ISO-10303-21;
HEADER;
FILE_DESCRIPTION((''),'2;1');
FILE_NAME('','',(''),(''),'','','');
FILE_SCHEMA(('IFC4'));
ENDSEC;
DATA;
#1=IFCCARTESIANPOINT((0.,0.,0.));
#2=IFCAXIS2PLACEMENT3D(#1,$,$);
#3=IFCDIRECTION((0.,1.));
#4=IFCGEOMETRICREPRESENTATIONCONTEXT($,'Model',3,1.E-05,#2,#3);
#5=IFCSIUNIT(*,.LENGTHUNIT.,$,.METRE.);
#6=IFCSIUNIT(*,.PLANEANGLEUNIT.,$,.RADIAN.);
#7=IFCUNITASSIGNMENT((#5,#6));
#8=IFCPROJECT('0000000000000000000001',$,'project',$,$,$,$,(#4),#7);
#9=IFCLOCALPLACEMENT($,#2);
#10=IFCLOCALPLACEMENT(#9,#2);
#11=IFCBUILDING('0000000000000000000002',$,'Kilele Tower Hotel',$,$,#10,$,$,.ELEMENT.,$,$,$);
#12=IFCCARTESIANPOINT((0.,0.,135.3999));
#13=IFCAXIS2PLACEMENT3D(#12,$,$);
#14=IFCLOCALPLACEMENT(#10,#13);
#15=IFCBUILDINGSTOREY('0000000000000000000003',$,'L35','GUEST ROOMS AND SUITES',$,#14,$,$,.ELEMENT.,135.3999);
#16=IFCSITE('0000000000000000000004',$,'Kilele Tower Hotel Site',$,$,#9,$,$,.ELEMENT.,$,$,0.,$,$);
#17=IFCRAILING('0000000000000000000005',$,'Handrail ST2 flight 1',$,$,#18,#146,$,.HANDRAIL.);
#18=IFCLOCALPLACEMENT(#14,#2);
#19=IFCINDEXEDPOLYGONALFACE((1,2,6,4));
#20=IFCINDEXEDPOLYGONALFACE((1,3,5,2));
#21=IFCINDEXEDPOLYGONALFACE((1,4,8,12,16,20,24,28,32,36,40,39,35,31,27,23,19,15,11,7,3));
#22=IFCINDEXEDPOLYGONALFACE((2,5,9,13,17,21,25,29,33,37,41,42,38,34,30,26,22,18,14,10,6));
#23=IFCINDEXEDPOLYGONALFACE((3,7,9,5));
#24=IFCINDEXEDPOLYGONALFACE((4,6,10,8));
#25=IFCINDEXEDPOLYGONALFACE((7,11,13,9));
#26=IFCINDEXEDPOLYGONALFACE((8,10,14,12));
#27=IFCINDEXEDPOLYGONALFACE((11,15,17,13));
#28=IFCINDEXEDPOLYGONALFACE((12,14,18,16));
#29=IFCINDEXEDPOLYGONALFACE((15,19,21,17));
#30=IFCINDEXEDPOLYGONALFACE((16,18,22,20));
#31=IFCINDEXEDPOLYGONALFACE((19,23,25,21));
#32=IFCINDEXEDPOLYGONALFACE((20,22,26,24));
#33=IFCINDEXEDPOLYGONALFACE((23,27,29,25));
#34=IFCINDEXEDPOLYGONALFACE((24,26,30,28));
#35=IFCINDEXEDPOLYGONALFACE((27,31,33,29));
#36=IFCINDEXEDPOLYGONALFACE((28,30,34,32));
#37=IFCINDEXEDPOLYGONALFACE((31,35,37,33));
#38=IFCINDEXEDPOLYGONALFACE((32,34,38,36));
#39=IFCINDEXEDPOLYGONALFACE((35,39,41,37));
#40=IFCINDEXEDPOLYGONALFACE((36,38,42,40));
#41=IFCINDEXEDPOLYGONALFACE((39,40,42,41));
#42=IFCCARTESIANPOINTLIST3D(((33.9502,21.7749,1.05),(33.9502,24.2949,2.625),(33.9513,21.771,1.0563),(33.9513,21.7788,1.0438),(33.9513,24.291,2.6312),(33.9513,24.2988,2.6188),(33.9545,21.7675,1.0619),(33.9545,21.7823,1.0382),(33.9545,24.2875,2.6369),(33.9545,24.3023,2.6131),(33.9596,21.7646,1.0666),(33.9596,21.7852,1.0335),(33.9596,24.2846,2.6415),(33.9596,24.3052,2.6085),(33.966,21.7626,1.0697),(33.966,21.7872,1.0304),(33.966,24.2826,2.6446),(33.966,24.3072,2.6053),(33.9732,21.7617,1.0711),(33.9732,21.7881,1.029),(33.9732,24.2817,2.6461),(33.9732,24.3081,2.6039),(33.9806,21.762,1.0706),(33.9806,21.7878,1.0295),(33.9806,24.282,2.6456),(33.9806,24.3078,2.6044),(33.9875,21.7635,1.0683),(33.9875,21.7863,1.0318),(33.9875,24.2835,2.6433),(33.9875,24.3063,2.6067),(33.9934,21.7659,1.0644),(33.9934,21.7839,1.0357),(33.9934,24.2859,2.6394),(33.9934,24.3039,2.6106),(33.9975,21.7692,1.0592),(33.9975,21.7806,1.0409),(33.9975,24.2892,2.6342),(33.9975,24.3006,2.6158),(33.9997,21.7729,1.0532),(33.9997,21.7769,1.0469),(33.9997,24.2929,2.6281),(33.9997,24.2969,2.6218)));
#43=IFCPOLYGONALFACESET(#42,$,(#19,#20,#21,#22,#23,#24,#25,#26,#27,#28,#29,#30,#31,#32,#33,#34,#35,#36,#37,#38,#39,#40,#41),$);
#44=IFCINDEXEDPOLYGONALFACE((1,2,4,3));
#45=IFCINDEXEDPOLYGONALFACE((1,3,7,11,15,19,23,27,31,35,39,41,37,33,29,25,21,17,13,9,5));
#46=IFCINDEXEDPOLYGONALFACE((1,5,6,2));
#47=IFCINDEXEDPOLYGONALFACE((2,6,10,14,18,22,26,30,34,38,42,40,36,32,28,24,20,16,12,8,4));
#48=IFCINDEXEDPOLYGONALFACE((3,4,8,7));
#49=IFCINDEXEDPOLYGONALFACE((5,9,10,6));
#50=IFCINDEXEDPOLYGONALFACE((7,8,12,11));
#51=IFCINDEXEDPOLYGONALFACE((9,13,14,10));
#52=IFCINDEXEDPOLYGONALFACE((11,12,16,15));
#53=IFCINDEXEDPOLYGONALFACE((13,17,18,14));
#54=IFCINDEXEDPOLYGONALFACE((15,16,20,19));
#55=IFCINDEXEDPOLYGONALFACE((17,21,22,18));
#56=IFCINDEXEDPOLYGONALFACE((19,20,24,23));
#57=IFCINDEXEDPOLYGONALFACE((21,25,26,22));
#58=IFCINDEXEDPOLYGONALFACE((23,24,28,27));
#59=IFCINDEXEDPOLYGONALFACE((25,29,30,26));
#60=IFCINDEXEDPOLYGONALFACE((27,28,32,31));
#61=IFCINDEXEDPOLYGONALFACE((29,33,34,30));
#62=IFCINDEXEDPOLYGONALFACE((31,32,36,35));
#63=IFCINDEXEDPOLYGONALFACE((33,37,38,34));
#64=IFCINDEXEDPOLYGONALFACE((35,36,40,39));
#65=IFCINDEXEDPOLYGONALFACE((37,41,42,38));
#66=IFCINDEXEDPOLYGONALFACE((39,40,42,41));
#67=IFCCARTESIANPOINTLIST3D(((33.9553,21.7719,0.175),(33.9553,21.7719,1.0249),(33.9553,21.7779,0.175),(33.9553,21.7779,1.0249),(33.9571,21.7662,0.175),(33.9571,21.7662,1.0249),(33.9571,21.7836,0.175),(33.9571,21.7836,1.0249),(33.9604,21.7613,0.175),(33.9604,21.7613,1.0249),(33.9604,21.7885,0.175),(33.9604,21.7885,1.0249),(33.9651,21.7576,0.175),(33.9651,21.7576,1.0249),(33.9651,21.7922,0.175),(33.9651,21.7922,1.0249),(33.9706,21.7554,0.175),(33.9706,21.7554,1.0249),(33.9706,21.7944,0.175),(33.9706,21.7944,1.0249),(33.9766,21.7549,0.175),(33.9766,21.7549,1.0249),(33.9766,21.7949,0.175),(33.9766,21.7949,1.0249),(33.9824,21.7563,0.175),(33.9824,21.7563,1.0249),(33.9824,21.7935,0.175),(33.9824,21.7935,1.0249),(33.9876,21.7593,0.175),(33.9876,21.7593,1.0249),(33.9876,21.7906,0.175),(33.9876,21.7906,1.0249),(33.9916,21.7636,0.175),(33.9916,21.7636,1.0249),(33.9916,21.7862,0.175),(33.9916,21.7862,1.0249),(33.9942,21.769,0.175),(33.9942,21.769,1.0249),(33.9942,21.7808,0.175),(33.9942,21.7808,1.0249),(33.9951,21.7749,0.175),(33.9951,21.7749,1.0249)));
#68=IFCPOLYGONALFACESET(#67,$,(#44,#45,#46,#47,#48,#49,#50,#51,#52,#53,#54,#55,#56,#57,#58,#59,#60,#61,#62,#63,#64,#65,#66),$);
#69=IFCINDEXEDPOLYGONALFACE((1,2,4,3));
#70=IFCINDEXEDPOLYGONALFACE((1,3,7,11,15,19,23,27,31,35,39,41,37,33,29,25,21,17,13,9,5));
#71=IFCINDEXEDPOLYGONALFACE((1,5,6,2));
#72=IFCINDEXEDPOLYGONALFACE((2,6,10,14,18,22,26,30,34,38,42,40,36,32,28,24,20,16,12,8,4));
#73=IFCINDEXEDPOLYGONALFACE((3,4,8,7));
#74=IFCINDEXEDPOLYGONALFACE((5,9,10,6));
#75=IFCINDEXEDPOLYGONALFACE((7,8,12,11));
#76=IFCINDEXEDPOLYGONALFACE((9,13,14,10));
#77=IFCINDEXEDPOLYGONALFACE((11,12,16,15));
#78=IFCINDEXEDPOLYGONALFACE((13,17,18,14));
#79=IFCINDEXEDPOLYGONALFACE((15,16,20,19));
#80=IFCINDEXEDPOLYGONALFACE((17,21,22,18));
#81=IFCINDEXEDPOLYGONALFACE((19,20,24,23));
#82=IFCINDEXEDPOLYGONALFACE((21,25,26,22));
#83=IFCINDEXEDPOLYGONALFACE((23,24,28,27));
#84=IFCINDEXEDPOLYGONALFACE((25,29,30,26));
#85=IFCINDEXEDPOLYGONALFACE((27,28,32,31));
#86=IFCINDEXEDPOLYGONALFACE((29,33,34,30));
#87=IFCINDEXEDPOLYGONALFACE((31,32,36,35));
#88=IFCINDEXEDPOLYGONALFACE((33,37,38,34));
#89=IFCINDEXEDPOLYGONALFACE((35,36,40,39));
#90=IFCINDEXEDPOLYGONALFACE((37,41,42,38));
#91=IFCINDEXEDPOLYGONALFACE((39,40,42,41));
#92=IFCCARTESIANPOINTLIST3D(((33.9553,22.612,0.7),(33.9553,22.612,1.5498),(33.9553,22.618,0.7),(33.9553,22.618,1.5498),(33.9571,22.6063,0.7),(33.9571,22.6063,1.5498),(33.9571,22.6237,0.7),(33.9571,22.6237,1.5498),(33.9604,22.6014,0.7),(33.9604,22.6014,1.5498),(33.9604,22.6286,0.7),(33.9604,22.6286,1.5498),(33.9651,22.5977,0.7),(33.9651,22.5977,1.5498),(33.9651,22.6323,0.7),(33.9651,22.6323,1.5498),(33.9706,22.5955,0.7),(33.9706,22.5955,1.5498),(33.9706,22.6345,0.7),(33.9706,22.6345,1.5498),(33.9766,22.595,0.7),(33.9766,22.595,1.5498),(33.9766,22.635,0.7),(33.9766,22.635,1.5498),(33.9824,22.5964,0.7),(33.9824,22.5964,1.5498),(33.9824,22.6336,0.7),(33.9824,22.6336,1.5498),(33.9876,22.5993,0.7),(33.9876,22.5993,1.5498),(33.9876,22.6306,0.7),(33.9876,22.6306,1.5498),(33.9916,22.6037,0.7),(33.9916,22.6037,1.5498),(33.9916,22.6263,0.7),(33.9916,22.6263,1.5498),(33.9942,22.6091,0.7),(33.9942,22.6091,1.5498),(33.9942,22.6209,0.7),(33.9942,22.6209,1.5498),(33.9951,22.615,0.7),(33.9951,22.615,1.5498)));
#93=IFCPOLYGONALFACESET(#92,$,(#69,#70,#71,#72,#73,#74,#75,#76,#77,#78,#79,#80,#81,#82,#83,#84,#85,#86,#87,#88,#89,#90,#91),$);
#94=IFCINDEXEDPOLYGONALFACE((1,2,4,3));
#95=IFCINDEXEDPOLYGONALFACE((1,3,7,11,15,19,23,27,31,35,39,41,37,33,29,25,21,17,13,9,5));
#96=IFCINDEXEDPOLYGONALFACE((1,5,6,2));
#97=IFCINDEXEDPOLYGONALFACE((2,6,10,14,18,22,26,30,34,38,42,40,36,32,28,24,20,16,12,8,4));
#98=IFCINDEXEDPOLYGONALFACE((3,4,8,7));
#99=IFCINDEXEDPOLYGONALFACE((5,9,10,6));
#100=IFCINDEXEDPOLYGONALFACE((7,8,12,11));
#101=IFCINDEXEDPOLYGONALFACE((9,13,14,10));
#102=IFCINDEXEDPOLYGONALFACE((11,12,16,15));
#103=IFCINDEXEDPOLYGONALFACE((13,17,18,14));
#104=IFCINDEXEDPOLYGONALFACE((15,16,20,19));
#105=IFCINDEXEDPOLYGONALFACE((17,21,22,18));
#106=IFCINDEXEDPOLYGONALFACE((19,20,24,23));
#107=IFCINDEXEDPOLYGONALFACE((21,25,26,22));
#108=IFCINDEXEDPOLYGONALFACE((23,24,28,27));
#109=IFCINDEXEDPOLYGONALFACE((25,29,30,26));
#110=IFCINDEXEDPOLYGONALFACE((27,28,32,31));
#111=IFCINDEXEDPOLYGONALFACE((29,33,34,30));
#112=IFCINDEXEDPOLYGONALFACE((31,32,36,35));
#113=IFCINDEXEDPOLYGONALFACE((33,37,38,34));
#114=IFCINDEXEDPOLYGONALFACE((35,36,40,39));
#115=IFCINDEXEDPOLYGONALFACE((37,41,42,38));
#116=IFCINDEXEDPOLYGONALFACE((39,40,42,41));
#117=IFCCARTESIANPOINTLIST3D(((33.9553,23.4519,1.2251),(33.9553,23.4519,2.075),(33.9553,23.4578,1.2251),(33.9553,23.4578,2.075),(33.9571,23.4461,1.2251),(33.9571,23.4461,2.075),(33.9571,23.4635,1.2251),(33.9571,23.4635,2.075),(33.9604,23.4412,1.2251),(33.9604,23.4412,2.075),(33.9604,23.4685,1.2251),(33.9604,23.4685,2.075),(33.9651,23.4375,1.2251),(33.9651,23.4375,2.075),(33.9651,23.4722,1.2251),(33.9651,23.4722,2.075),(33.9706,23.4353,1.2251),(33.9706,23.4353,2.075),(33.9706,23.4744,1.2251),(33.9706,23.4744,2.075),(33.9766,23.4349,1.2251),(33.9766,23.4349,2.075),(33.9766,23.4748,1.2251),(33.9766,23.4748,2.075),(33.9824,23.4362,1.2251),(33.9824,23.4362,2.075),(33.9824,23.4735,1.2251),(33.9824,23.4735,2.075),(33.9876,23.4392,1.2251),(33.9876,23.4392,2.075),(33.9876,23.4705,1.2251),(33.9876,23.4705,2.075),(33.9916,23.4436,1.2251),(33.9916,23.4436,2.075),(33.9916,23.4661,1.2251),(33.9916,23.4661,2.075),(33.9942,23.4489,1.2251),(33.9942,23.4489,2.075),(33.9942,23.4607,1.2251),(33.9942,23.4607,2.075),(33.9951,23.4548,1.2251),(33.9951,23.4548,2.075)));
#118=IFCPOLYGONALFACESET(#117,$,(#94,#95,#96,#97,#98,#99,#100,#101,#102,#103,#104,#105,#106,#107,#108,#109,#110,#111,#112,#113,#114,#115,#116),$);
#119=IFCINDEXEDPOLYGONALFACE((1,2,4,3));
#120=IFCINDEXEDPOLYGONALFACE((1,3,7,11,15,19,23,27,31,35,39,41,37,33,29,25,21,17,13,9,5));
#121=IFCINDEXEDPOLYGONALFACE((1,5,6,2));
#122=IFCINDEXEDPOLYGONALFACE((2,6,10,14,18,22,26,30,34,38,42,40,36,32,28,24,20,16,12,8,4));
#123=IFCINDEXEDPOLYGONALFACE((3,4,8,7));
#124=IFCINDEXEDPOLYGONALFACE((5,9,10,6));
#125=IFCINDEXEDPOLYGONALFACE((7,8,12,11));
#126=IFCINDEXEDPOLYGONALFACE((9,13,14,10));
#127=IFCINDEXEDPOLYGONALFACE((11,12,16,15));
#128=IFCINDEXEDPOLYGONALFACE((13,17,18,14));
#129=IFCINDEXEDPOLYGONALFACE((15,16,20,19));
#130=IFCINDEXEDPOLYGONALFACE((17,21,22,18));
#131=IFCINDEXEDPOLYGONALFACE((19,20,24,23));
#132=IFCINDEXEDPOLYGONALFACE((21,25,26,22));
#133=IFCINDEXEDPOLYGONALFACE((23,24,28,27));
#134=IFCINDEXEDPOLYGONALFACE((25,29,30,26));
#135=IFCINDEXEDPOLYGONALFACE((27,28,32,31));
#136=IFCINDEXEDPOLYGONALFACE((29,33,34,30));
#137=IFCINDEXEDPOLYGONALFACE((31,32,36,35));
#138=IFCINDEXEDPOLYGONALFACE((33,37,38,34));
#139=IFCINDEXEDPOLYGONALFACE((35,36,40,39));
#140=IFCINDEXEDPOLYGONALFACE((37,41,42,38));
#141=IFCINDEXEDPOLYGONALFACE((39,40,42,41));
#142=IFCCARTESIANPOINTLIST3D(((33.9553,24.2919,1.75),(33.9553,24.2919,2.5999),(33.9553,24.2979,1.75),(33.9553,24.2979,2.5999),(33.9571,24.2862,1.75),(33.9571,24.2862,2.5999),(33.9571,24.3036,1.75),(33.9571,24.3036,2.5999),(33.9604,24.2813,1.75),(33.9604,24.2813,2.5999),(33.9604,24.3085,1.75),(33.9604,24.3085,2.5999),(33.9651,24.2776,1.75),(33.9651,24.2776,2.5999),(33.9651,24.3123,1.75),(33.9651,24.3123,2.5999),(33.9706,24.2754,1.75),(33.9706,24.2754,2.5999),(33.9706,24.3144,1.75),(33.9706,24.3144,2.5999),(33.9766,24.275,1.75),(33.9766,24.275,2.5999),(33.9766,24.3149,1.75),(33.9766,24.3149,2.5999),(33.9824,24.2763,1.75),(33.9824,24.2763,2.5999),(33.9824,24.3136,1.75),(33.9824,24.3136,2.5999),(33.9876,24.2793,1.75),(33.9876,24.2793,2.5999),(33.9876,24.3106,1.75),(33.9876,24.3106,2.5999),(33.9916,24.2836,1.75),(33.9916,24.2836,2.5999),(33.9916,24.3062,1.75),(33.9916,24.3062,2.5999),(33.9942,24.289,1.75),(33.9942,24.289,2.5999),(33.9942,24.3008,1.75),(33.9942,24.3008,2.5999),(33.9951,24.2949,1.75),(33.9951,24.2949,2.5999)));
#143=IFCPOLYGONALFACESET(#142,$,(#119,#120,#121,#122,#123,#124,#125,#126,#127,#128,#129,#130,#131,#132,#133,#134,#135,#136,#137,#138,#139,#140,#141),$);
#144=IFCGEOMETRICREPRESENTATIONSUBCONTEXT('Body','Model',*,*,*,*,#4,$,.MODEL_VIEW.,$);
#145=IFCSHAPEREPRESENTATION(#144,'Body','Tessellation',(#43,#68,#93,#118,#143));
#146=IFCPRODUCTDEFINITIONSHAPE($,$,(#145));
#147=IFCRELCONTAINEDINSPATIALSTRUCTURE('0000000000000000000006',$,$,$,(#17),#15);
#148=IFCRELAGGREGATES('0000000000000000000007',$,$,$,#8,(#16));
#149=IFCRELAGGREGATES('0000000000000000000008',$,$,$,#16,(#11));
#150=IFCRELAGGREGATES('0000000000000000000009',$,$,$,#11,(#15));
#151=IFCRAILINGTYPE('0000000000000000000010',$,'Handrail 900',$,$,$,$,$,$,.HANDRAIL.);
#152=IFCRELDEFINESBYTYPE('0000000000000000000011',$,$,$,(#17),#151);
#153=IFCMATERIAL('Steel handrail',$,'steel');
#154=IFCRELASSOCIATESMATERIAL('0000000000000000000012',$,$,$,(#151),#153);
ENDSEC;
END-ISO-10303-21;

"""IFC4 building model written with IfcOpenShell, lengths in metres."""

from ifc_helpers import new_model, si_unit, direction, frame, origin, origin_2d, place, context, subcontext, project, spatial, circle, extrude, material, type_object, element, save


model = new_model("IFC4")

# Units and contexts
model_context = context("Model", 3, precision=1e-05, world=origin(), true_north=direction((0.0, 1.0)))
body_context = subcontext(model_context, "Body", "Model", "MODEL_VIEW")
ifc_project = project(units=[si_unit("LENGTHUNIT", "METRE"), si_unit("PLANEANGLEUNIT", "RADIAN")], contexts=[model_context])

# Site, building, storey
site_placement = place(None, origin())
site = spatial("IfcSite", under=ifc_project, at=site_placement, Name="Kilele Tower Hotel Site", CompositionType="ELEMENT", RefElevation=0.0)
building_placement = place(site_placement, origin())
building = spatial("IfcBuilding", under=site, at=building_placement, Name="Kilele Tower Hotel", CompositionType="ELEMENT")
storey_placement = place(building_placement, frame((0.0, 0.0, 135.3999)))
storey = spatial("IfcBuildingStorey", under=building, at=storey_placement, Name="L35", Description="GUEST ROOMS AND SUITES", CompositionType="ELEMENT", Elevation=135.3999)

# Railing
ifc_material_1 = material(Name="Steel handrail", Category="steel")
railing_type_1 = type_object("IfcRailingType", Name="Handrail 900", PredefinedType="HANDRAIL", material=ifc_material_1)
for number, where, name in (
    (1, (33.9751, 21.7749, 0.175), "Handrail ST2 flight 1"),
):
    element("IfcRailing", number, at=place(storey_placement, frame(where)), inside=storey, type_object=railing_type_1, Name=name, PredefinedType="HANDRAIL", context=body_context, shape_type="SweptSolid", body=[
        extrude(circle(Radius=0.0249, at=origin_2d()), frame((0.0, 0.0, 0.875), z_axis=(0.0, 0.848008, 0.529984), x_axis=(-1.0, 0.0, 0.0)), (0.0, 0.0, 1.0), 2.9717),
        extrude(circle(Radius=0.02, at=origin_2d()), origin(), (0.0, 0.0, 1.0), 0.8499),
        extrude(circle(Radius=0.02, at=origin_2d()), frame((0.0, 0.8401, 0.5249)), (0.0, 0.0, 1.0), 0.8499),
        extrude(circle(Radius=0.02, at=origin_2d()), frame((0.0, 1.6799, 1.05)), (0.0, 0.0, 1.0), 0.8499),
        extrude(circle(Radius=0.02, at=origin_2d()), frame((0.0, 2.52, 1.575)), (0.0, 0.0, 1.0), 0.8499),
    ])

save(model, "model.ifc")
